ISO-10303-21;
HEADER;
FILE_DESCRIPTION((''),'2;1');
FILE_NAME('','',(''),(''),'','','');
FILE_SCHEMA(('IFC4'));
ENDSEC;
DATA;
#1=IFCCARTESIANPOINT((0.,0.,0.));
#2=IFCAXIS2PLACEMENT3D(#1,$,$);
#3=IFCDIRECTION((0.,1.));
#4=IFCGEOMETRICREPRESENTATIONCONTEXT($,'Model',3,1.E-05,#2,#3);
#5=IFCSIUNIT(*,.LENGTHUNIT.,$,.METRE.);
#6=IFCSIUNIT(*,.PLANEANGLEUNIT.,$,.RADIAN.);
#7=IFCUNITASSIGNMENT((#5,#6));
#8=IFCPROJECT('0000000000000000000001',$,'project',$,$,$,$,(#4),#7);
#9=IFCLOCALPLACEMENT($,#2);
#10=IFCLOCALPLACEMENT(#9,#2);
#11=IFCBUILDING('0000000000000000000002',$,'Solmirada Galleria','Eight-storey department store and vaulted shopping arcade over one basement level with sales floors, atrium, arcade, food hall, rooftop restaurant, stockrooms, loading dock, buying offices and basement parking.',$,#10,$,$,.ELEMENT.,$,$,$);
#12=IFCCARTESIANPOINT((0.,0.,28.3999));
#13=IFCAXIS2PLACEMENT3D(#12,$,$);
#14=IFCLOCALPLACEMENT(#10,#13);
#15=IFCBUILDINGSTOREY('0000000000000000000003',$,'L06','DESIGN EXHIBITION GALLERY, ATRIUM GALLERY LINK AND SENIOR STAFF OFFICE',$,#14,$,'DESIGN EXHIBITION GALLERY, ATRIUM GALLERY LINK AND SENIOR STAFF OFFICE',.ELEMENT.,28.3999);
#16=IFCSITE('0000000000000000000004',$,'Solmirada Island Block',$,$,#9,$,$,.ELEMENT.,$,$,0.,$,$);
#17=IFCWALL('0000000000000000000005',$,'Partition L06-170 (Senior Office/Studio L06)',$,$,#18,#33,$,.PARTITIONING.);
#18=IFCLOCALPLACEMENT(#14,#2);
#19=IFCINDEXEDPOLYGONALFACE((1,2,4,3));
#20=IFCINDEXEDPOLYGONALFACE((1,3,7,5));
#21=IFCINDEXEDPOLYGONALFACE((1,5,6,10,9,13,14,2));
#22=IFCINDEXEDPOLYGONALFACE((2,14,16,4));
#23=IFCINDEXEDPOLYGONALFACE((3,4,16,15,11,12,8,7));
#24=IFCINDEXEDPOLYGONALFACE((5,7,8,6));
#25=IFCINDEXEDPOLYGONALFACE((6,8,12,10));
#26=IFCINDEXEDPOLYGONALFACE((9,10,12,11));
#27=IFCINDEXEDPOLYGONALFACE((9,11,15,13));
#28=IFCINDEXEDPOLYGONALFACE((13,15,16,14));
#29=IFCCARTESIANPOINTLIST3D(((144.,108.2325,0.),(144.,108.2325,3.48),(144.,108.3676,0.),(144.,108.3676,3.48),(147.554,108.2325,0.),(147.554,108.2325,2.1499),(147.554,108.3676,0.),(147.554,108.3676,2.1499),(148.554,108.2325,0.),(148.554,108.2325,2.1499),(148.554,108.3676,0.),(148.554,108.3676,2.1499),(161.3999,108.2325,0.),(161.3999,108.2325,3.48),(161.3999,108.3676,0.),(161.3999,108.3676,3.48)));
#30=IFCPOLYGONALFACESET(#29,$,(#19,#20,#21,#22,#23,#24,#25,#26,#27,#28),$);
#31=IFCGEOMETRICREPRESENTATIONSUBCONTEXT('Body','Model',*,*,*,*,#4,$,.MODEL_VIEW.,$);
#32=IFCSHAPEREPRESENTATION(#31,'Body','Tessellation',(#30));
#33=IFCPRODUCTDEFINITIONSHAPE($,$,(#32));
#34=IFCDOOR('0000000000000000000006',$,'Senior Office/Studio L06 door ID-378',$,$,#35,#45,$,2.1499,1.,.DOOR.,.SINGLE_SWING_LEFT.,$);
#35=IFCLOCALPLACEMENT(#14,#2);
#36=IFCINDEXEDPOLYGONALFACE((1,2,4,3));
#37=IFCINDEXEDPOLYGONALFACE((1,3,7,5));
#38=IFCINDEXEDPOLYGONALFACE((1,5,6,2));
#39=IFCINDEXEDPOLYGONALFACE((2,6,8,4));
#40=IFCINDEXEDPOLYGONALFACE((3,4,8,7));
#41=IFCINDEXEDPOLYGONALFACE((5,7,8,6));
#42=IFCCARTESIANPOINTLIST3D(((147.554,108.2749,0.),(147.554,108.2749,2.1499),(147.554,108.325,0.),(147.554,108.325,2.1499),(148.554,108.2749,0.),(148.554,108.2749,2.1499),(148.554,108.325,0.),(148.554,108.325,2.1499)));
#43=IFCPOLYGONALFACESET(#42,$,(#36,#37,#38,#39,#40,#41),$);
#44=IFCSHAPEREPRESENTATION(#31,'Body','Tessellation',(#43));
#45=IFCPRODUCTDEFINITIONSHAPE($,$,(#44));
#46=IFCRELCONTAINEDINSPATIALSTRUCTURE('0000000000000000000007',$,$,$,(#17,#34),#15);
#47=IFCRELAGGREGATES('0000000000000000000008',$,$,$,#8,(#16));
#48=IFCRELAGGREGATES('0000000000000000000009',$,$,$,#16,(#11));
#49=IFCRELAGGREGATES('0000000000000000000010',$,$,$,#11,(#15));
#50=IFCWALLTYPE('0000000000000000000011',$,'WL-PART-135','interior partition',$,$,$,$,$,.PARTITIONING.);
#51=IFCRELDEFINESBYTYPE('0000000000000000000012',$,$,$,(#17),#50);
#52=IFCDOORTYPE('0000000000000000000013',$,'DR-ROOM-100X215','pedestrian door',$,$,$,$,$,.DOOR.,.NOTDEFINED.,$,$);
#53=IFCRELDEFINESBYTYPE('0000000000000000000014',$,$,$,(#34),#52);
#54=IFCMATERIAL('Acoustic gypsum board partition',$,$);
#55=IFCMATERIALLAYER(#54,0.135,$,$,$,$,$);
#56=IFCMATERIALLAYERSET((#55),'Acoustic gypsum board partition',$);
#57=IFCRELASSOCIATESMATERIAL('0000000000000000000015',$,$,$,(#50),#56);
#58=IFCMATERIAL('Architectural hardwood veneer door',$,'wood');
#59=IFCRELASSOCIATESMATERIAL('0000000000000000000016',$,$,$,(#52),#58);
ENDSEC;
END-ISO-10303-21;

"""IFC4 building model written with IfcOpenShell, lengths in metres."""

from ifc_helpers import new_model, si_unit, direction, frame, frame_2d, origin, place, context, subcontext, project, spatial, rectangle, extrude, material, layer, layer_set, type_object, element, fill, save


model = new_model("IFC4")

# Units and contexts
model_context = context("Model", 3, precision=1e-05, world=origin(), true_north=direction((0.0, 1.0)))
body_context = subcontext(model_context, "Body", "Model", "MODEL_VIEW")
ifc_project = project(units=[si_unit("LENGTHUNIT", "METRE"), si_unit("PLANEANGLEUNIT", "RADIAN")], contexts=[model_context])

# Site, building, storey
site_placement = place(None, origin())
site = spatial("IfcSite", under=ifc_project, at=site_placement, Name="Solmirada Island Block", CompositionType="ELEMENT", RefElevation=0.0)
building_placement = place(site_placement, origin())
building = spatial("IfcBuilding", under=site, at=building_placement, Name="Solmirada Galleria", Description="Eight-storey department store and vaulted shopping arcade over one basement level with sales floors, atrium, arcade, food hall, rooftop restaurant, stockrooms, loading dock, buying offices and basement parking.", CompositionType="ELEMENT")
storey_placement = place(building_placement, frame((0.0, 0.0, 28.3999)))
storey = spatial("IfcBuildingStorey", under=building, at=storey_placement, Name="L06", Description="DESIGN EXHIBITION GALLERY, ATRIUM GALLERY LINK AND SENIOR STAFF OFFICE", LongName="DESIGN EXHIBITION GALLERY, ATRIUM GALLERY LINK AND SENIOR STAFF OFFICE", CompositionType="ELEMENT", Elevation=28.3999)

# Wall, opening, door
ifc_material_1 = material(Name="Acoustic gypsum board partition")
ifc_layer_1 = layer(ifc_material_1, 0.135)
ifc_layer_set_1 = layer_set([ifc_layer_1], Name="Acoustic gypsum board partition")
wall_type_1 = type_object("IfcWallType", Name="WL-PART-135", Description="interior partition", PredefinedType="PARTITIONING", material=ifc_layer_set_1)
wall_1_placement = place(storey_placement, frame((144.0, 108.3, 0.0), z_axis=(0.0, 0.0, 1.0), x_axis=(1.0, 0.0, 0.0)))
wall_1 = element("IfcWall", 1, at=wall_1_placement, inside=storey, type_object=wall_type_1, Name="Partition L06-170 (Senior Office/Studio L06)", PredefinedType="PARTITIONING", context=body_context, shape_type="SweptSolid", body=[
    extrude(rectangle(XDim=17.3999, YDim=0.135, at=frame_2d((8.7, 0.0))), origin(), (0.0, 0.0, 1.0), 3.48),
])
opening_1_placement = place(wall_1_placement, frame((3.554, 0.0, 0.0)))
opening_1 = element("IfcOpeningElement", 2, at=opening_1_placement, cuts=wall_1, PredefinedType="OPENING", context=body_context, shape_type="SweptSolid", body=[
    extrude(rectangle(XDim=1.0, YDim=2.1499, at=frame_2d((0.5, 1.075))), frame((0.0, 0.0774, 0.0), z_axis=(0.0, -1.0, 0.0), x_axis=(1.0, 0.0, 0.0)), (0.0, 0.0, 1.0), 0.155),
])
ifc_material_2 = material(Name="Architectural hardwood veneer door", Category="wood")
door_type_1 = type_object("IfcDoorType", Name="DR-ROOM-100X215", Description="pedestrian door", OperationType="NOTDEFINED", PredefinedType="DOOR", material=ifc_material_2)
door_1_placement = place(opening_1_placement, origin())
door_1 = element("IfcDoor", 3, at=door_1_placement, inside=storey, type_object=door_type_1, Name="Senior Office/Studio L06 door ID-378", OperationType="SINGLE_SWING_LEFT", OverallHeight=2.1499, OverallWidth=1.0, PredefinedType="DOOR", context=body_context, shape_type="SweptSolid", body=[
    extrude(rectangle(XDim=1.0, YDim=2.1499, at=frame_2d((0.5, 1.075))), frame((0.0, 0.0249, 0.0), z_axis=(0.0, -1.0, 0.0), x_axis=(1.0, 0.0, 0.0)), (0.0, 0.0, 1.0), 0.05),
])
fill(opening_1, door_1)

save(model, "model.ifc")
